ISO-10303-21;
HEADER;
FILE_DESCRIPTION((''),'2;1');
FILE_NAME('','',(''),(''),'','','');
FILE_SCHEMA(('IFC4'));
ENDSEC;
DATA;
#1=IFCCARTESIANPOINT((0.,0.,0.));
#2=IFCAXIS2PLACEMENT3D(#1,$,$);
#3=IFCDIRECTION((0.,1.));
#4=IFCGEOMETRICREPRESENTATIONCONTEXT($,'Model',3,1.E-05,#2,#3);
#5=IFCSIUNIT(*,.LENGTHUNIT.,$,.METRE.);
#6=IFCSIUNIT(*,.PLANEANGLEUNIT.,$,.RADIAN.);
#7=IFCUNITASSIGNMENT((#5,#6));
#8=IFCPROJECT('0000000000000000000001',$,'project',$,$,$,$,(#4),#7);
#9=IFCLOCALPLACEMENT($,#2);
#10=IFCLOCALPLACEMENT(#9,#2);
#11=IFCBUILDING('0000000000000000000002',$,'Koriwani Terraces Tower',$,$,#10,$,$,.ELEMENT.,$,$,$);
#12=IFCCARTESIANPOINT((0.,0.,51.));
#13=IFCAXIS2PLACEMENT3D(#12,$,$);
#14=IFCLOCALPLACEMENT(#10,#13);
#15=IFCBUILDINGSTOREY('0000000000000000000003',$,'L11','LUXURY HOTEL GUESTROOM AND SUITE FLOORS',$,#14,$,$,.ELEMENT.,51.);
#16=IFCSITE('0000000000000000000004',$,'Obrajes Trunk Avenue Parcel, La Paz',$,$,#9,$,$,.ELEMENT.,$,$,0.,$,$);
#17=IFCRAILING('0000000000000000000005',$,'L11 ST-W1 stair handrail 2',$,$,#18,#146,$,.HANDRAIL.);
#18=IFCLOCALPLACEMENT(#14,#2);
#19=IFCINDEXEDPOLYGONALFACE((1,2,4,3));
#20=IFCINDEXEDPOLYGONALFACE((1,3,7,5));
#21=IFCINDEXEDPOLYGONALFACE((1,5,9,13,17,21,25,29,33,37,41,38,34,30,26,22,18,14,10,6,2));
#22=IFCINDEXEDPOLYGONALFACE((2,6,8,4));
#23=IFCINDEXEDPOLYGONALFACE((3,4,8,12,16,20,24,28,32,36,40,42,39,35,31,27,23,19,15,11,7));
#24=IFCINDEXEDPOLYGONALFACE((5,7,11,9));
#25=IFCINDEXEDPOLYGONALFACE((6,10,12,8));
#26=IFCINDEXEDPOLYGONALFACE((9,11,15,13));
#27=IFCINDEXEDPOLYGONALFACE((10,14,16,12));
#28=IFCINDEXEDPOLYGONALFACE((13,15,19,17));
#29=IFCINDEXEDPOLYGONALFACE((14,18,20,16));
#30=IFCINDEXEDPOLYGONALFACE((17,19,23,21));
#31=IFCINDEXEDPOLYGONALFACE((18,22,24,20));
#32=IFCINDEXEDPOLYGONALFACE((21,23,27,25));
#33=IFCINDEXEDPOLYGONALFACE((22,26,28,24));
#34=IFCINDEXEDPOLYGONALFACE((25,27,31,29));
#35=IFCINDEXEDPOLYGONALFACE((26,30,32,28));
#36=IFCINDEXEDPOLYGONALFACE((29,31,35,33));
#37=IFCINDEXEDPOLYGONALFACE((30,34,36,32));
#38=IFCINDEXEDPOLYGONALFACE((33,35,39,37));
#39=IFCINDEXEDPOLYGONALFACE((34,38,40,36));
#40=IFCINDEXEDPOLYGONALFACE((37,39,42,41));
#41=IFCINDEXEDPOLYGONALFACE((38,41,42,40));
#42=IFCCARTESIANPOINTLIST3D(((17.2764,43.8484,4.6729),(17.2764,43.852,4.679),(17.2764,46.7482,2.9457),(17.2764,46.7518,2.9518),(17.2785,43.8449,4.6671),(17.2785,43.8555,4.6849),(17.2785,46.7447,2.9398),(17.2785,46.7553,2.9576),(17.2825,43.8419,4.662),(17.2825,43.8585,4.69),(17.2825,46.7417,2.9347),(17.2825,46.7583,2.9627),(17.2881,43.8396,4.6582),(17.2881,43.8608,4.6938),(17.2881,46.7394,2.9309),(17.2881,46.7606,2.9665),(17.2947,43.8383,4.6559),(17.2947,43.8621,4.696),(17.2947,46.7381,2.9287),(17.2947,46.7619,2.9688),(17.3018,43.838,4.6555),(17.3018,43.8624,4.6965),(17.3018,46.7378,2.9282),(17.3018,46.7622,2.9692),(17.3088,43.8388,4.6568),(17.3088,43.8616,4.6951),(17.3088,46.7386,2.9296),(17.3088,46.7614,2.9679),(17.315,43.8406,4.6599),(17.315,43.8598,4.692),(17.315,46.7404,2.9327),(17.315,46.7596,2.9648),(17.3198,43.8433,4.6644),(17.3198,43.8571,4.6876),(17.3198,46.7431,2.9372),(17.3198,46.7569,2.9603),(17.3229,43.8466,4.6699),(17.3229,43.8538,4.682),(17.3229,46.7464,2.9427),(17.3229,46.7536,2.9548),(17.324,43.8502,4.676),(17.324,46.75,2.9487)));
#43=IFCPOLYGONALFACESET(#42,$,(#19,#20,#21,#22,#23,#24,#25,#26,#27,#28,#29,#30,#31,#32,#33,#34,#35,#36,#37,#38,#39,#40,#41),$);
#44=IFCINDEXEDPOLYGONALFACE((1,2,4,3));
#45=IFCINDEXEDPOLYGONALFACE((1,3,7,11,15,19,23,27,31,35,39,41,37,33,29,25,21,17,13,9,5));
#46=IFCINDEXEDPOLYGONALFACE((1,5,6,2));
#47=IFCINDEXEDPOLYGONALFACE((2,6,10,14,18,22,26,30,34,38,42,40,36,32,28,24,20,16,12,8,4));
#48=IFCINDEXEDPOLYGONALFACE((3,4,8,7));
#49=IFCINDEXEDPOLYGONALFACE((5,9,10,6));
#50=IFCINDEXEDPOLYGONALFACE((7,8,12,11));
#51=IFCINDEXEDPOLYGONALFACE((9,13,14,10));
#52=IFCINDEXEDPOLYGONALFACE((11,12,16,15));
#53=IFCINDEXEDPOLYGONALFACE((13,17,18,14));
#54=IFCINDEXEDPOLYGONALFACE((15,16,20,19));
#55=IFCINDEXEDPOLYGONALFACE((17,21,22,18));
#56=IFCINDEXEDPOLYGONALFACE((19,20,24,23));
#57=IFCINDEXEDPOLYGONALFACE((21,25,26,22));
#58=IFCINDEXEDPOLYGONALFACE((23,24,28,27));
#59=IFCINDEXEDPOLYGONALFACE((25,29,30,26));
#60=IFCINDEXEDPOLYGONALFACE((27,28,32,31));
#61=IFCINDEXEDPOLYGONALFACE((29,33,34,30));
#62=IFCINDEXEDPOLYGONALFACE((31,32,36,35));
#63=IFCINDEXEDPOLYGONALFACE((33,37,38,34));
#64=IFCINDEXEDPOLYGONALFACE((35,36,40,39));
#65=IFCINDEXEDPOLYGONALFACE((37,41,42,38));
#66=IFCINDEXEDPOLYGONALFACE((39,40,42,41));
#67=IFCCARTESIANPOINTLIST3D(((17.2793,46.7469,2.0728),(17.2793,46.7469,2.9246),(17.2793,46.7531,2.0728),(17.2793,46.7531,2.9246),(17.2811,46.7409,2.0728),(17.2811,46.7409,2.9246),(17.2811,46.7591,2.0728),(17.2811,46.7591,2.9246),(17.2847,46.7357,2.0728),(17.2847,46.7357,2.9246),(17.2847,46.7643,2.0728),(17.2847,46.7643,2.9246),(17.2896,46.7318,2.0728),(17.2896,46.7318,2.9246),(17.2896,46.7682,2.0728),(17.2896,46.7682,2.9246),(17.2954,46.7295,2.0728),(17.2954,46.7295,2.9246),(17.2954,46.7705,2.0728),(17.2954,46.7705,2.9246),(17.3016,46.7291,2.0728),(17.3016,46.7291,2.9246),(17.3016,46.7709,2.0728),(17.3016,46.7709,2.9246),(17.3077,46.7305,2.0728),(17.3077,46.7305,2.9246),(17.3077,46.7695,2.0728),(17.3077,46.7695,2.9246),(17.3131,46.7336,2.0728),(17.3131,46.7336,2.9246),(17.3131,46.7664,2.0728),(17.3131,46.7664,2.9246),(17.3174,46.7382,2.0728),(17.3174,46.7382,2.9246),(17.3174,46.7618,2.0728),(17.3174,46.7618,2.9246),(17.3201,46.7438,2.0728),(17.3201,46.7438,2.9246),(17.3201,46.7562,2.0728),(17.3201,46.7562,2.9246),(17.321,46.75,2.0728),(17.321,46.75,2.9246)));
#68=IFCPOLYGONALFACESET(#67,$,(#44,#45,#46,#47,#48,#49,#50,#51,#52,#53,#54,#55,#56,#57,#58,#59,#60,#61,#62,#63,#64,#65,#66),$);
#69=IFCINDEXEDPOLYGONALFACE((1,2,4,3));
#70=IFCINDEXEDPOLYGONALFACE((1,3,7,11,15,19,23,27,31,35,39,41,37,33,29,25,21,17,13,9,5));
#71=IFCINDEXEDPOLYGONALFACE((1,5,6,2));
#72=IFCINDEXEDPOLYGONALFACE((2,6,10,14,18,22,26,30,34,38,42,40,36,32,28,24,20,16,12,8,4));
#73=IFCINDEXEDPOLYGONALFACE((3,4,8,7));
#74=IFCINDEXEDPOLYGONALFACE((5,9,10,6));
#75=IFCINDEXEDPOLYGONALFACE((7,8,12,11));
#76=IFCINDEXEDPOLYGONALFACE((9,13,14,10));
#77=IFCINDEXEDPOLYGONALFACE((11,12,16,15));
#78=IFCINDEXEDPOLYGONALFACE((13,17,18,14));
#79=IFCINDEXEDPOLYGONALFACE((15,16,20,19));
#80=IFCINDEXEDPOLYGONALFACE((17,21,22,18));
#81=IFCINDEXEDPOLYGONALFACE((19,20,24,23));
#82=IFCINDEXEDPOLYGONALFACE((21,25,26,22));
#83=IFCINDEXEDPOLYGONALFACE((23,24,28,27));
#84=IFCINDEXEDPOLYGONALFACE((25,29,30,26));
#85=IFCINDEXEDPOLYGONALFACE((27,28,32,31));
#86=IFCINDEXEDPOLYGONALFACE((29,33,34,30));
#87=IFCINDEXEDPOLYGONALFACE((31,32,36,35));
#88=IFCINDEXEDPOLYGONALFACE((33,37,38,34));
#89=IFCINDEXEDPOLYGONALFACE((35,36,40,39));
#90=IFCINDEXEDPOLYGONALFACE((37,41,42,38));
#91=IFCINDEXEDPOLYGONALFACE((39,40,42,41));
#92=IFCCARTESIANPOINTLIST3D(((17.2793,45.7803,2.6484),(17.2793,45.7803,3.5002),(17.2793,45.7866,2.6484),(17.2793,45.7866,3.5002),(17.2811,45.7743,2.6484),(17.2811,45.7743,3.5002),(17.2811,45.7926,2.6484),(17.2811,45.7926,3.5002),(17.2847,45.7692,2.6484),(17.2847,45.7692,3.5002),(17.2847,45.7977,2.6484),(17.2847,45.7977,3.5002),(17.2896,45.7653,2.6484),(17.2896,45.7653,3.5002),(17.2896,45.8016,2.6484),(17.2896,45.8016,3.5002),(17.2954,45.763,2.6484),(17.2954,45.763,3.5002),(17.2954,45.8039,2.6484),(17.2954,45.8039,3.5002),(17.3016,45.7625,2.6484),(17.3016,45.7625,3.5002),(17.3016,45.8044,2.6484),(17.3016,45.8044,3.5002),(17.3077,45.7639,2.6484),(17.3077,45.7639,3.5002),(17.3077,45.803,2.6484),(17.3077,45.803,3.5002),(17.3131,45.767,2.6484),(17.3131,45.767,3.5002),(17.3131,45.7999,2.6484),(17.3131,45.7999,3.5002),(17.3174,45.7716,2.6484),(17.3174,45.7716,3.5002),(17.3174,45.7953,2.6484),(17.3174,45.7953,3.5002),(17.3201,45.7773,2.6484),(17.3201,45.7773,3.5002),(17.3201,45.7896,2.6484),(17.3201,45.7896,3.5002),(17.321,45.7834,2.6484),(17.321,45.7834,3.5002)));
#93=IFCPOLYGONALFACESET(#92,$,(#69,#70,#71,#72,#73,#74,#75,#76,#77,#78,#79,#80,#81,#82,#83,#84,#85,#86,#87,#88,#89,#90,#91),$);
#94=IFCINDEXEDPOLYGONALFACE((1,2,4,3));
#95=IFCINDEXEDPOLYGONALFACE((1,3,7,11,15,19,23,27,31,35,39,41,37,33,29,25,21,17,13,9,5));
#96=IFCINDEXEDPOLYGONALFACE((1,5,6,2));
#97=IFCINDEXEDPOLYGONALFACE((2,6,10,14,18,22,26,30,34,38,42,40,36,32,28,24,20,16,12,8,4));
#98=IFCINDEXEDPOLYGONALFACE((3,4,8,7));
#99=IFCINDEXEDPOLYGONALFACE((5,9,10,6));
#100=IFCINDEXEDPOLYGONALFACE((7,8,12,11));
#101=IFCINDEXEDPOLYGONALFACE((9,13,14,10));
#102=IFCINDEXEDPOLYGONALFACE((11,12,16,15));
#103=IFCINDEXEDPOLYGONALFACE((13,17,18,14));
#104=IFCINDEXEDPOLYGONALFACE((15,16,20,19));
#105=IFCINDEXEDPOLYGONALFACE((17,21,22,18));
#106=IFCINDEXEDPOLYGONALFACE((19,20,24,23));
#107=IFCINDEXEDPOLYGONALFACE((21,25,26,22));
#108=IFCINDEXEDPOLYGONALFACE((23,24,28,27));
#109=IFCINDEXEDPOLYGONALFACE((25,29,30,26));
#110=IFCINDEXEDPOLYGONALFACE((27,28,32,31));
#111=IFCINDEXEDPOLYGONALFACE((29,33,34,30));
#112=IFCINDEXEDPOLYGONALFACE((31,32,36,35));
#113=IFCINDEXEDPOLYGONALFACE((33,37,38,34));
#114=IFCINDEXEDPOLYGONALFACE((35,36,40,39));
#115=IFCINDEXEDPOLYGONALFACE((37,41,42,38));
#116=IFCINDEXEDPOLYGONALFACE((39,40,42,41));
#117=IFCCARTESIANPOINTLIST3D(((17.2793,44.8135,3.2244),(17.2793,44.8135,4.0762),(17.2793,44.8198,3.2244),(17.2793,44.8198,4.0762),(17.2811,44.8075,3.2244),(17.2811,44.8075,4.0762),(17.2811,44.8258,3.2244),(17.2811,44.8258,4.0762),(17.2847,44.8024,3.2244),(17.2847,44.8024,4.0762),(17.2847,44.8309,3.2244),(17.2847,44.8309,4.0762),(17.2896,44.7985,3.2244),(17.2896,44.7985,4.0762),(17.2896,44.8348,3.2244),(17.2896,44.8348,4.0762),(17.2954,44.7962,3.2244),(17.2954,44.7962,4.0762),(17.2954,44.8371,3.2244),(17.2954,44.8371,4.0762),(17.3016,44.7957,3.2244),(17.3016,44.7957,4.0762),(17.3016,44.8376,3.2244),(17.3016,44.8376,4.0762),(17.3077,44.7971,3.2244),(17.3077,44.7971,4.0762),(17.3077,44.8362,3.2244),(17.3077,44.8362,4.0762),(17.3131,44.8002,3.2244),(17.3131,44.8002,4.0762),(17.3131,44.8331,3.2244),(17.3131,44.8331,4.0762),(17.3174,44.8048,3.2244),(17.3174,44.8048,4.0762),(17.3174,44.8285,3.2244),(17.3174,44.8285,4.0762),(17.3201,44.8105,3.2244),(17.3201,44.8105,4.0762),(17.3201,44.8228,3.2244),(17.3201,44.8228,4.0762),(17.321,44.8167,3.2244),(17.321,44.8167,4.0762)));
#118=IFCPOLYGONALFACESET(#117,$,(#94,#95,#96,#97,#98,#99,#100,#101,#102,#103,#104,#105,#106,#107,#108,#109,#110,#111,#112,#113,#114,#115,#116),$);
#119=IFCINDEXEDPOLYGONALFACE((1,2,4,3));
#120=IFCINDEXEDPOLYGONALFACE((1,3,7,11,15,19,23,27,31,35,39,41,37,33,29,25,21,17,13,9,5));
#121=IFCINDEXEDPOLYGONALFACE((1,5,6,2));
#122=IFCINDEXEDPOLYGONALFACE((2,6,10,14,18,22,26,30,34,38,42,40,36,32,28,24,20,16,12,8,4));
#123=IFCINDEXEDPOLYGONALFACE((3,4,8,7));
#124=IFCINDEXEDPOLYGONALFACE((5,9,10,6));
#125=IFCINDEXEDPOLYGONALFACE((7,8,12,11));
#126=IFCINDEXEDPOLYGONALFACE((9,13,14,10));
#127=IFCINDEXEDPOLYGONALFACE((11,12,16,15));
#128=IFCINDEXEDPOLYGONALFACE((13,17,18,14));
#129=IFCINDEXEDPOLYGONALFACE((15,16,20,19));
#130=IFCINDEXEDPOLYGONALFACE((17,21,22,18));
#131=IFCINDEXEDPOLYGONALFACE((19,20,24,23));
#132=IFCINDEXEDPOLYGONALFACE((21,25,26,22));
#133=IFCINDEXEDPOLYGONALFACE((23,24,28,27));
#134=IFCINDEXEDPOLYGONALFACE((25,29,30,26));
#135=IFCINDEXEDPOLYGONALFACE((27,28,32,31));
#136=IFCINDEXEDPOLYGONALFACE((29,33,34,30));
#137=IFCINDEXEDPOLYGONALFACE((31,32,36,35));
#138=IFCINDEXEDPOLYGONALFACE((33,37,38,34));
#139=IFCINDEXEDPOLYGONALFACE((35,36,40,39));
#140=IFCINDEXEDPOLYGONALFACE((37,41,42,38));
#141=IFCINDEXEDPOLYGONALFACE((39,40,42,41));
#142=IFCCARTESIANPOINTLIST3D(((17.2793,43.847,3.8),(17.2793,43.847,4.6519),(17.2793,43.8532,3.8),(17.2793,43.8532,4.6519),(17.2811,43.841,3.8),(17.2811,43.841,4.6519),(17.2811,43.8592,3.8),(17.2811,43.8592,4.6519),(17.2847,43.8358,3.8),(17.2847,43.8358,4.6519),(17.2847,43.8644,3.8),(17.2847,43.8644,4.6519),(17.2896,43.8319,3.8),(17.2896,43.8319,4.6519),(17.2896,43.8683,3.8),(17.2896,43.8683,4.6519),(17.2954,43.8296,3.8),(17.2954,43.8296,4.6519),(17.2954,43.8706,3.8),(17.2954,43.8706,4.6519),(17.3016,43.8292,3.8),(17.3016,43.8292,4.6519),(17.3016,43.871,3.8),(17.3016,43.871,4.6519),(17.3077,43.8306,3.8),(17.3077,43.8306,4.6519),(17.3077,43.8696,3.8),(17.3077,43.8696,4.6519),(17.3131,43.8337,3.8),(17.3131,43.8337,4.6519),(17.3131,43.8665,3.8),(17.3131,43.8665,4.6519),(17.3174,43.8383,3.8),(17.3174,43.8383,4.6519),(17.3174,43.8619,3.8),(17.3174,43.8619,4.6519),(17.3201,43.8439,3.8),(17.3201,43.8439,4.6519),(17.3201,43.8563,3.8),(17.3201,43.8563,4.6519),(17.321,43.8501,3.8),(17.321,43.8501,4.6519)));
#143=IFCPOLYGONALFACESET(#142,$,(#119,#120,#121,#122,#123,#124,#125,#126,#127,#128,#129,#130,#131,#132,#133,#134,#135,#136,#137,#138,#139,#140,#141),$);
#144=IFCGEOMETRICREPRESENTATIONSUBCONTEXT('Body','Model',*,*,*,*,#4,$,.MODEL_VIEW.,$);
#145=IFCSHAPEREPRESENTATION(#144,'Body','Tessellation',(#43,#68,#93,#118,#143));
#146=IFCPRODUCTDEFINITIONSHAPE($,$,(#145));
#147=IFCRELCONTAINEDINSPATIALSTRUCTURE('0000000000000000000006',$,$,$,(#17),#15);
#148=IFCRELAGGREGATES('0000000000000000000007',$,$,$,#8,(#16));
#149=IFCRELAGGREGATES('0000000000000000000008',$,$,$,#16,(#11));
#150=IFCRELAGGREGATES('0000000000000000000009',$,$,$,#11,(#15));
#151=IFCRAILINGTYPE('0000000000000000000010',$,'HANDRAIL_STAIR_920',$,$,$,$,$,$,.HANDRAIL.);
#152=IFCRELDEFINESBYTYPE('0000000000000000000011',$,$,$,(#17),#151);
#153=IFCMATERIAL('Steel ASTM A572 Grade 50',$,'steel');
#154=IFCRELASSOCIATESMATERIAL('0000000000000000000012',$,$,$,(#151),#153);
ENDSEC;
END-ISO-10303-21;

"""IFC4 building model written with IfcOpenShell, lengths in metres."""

from ifc_helpers import new_model, si_unit, direction, frame, origin, origin_2d, place, context, subcontext, project, spatial, circle, extrude, material, type_object, element, save


model = new_model("IFC4")

# Units and contexts
model_context = context("Model", 3, precision=1e-05, world=origin(), true_north=direction((0.0, 1.0)))
body_context = subcontext(model_context, "Body", "Model", "MODEL_VIEW")
ifc_project = project(units=[si_unit("LENGTHUNIT", "METRE"), si_unit("PLANEANGLEUNIT", "RADIAN")], contexts=[model_context])

# Site, building, storey
site_placement = place(None, origin())
site = spatial("IfcSite", under=ifc_project, at=site_placement, Name="Obrajes Trunk Avenue Parcel, La Paz", CompositionType="ELEMENT", RefElevation=0.0)
building_placement = place(site_placement, origin())
building = spatial("IfcBuilding", under=site, at=building_placement, Name="Koriwani Terraces Tower", CompositionType="ELEMENT")
storey_placement = place(building_placement, frame((0.0, 0.0, 51.0)))
storey = spatial("IfcBuildingStorey", under=building, at=storey_placement, Name="L11", Description="LUXURY HOTEL GUESTROOM AND SUITE FLOORS", CompositionType="ELEMENT", Elevation=51.0)

# Shared definitions
ifc_material_1 = material(Name="Steel ASTM A572 Grade 50", Category="steel")

# Railing
railing_type = type_object("IfcRailingType", Name="HANDRAIL_STAIR_920", PredefinedType="HANDRAIL", material=ifc_material_1)
for number, where, name in (
    (1, (17.3, 46.75, 2.0728), "L11 ST-W1 stair handrail 2"),
):
    element("IfcRailing", number, at=place(storey_placement, frame(where)), inside=storey, type_object=railing_type, Name=name, PredefinedType="HANDRAIL", context=body_context, shape_type="SweptSolid", body=[
        extrude(circle(Radius=0.0239, at=origin_2d()), frame((0.0, 0.0, 0.876), z_axis=(0.0, -0.859141, 0.511738), x_axis=(1.0, 0.0, 0.0)), (0.0, 0.0, 1.0), 3.3752),
        extrude(circle(Radius=0.021, at=origin_2d()), origin(), (0.0, 0.0, 1.0), 0.8518),
        extrude(circle(Radius=0.021, at=origin_2d()), frame((0.0, -0.9666, 0.5757)), (0.0, 0.0, 1.0), 0.8518),
        extrude(circle(Radius=0.021, at=origin_2d()), frame((0.0, -1.9333, 1.1516)), (0.0, 0.0, 1.0), 0.8518),
        extrude(circle(Radius=0.021, at=origin_2d()), frame((0.0, -2.8999, 1.7273)), (0.0, 0.0, 1.0), 0.8518),
    ])

save(model, "model.ifc")
